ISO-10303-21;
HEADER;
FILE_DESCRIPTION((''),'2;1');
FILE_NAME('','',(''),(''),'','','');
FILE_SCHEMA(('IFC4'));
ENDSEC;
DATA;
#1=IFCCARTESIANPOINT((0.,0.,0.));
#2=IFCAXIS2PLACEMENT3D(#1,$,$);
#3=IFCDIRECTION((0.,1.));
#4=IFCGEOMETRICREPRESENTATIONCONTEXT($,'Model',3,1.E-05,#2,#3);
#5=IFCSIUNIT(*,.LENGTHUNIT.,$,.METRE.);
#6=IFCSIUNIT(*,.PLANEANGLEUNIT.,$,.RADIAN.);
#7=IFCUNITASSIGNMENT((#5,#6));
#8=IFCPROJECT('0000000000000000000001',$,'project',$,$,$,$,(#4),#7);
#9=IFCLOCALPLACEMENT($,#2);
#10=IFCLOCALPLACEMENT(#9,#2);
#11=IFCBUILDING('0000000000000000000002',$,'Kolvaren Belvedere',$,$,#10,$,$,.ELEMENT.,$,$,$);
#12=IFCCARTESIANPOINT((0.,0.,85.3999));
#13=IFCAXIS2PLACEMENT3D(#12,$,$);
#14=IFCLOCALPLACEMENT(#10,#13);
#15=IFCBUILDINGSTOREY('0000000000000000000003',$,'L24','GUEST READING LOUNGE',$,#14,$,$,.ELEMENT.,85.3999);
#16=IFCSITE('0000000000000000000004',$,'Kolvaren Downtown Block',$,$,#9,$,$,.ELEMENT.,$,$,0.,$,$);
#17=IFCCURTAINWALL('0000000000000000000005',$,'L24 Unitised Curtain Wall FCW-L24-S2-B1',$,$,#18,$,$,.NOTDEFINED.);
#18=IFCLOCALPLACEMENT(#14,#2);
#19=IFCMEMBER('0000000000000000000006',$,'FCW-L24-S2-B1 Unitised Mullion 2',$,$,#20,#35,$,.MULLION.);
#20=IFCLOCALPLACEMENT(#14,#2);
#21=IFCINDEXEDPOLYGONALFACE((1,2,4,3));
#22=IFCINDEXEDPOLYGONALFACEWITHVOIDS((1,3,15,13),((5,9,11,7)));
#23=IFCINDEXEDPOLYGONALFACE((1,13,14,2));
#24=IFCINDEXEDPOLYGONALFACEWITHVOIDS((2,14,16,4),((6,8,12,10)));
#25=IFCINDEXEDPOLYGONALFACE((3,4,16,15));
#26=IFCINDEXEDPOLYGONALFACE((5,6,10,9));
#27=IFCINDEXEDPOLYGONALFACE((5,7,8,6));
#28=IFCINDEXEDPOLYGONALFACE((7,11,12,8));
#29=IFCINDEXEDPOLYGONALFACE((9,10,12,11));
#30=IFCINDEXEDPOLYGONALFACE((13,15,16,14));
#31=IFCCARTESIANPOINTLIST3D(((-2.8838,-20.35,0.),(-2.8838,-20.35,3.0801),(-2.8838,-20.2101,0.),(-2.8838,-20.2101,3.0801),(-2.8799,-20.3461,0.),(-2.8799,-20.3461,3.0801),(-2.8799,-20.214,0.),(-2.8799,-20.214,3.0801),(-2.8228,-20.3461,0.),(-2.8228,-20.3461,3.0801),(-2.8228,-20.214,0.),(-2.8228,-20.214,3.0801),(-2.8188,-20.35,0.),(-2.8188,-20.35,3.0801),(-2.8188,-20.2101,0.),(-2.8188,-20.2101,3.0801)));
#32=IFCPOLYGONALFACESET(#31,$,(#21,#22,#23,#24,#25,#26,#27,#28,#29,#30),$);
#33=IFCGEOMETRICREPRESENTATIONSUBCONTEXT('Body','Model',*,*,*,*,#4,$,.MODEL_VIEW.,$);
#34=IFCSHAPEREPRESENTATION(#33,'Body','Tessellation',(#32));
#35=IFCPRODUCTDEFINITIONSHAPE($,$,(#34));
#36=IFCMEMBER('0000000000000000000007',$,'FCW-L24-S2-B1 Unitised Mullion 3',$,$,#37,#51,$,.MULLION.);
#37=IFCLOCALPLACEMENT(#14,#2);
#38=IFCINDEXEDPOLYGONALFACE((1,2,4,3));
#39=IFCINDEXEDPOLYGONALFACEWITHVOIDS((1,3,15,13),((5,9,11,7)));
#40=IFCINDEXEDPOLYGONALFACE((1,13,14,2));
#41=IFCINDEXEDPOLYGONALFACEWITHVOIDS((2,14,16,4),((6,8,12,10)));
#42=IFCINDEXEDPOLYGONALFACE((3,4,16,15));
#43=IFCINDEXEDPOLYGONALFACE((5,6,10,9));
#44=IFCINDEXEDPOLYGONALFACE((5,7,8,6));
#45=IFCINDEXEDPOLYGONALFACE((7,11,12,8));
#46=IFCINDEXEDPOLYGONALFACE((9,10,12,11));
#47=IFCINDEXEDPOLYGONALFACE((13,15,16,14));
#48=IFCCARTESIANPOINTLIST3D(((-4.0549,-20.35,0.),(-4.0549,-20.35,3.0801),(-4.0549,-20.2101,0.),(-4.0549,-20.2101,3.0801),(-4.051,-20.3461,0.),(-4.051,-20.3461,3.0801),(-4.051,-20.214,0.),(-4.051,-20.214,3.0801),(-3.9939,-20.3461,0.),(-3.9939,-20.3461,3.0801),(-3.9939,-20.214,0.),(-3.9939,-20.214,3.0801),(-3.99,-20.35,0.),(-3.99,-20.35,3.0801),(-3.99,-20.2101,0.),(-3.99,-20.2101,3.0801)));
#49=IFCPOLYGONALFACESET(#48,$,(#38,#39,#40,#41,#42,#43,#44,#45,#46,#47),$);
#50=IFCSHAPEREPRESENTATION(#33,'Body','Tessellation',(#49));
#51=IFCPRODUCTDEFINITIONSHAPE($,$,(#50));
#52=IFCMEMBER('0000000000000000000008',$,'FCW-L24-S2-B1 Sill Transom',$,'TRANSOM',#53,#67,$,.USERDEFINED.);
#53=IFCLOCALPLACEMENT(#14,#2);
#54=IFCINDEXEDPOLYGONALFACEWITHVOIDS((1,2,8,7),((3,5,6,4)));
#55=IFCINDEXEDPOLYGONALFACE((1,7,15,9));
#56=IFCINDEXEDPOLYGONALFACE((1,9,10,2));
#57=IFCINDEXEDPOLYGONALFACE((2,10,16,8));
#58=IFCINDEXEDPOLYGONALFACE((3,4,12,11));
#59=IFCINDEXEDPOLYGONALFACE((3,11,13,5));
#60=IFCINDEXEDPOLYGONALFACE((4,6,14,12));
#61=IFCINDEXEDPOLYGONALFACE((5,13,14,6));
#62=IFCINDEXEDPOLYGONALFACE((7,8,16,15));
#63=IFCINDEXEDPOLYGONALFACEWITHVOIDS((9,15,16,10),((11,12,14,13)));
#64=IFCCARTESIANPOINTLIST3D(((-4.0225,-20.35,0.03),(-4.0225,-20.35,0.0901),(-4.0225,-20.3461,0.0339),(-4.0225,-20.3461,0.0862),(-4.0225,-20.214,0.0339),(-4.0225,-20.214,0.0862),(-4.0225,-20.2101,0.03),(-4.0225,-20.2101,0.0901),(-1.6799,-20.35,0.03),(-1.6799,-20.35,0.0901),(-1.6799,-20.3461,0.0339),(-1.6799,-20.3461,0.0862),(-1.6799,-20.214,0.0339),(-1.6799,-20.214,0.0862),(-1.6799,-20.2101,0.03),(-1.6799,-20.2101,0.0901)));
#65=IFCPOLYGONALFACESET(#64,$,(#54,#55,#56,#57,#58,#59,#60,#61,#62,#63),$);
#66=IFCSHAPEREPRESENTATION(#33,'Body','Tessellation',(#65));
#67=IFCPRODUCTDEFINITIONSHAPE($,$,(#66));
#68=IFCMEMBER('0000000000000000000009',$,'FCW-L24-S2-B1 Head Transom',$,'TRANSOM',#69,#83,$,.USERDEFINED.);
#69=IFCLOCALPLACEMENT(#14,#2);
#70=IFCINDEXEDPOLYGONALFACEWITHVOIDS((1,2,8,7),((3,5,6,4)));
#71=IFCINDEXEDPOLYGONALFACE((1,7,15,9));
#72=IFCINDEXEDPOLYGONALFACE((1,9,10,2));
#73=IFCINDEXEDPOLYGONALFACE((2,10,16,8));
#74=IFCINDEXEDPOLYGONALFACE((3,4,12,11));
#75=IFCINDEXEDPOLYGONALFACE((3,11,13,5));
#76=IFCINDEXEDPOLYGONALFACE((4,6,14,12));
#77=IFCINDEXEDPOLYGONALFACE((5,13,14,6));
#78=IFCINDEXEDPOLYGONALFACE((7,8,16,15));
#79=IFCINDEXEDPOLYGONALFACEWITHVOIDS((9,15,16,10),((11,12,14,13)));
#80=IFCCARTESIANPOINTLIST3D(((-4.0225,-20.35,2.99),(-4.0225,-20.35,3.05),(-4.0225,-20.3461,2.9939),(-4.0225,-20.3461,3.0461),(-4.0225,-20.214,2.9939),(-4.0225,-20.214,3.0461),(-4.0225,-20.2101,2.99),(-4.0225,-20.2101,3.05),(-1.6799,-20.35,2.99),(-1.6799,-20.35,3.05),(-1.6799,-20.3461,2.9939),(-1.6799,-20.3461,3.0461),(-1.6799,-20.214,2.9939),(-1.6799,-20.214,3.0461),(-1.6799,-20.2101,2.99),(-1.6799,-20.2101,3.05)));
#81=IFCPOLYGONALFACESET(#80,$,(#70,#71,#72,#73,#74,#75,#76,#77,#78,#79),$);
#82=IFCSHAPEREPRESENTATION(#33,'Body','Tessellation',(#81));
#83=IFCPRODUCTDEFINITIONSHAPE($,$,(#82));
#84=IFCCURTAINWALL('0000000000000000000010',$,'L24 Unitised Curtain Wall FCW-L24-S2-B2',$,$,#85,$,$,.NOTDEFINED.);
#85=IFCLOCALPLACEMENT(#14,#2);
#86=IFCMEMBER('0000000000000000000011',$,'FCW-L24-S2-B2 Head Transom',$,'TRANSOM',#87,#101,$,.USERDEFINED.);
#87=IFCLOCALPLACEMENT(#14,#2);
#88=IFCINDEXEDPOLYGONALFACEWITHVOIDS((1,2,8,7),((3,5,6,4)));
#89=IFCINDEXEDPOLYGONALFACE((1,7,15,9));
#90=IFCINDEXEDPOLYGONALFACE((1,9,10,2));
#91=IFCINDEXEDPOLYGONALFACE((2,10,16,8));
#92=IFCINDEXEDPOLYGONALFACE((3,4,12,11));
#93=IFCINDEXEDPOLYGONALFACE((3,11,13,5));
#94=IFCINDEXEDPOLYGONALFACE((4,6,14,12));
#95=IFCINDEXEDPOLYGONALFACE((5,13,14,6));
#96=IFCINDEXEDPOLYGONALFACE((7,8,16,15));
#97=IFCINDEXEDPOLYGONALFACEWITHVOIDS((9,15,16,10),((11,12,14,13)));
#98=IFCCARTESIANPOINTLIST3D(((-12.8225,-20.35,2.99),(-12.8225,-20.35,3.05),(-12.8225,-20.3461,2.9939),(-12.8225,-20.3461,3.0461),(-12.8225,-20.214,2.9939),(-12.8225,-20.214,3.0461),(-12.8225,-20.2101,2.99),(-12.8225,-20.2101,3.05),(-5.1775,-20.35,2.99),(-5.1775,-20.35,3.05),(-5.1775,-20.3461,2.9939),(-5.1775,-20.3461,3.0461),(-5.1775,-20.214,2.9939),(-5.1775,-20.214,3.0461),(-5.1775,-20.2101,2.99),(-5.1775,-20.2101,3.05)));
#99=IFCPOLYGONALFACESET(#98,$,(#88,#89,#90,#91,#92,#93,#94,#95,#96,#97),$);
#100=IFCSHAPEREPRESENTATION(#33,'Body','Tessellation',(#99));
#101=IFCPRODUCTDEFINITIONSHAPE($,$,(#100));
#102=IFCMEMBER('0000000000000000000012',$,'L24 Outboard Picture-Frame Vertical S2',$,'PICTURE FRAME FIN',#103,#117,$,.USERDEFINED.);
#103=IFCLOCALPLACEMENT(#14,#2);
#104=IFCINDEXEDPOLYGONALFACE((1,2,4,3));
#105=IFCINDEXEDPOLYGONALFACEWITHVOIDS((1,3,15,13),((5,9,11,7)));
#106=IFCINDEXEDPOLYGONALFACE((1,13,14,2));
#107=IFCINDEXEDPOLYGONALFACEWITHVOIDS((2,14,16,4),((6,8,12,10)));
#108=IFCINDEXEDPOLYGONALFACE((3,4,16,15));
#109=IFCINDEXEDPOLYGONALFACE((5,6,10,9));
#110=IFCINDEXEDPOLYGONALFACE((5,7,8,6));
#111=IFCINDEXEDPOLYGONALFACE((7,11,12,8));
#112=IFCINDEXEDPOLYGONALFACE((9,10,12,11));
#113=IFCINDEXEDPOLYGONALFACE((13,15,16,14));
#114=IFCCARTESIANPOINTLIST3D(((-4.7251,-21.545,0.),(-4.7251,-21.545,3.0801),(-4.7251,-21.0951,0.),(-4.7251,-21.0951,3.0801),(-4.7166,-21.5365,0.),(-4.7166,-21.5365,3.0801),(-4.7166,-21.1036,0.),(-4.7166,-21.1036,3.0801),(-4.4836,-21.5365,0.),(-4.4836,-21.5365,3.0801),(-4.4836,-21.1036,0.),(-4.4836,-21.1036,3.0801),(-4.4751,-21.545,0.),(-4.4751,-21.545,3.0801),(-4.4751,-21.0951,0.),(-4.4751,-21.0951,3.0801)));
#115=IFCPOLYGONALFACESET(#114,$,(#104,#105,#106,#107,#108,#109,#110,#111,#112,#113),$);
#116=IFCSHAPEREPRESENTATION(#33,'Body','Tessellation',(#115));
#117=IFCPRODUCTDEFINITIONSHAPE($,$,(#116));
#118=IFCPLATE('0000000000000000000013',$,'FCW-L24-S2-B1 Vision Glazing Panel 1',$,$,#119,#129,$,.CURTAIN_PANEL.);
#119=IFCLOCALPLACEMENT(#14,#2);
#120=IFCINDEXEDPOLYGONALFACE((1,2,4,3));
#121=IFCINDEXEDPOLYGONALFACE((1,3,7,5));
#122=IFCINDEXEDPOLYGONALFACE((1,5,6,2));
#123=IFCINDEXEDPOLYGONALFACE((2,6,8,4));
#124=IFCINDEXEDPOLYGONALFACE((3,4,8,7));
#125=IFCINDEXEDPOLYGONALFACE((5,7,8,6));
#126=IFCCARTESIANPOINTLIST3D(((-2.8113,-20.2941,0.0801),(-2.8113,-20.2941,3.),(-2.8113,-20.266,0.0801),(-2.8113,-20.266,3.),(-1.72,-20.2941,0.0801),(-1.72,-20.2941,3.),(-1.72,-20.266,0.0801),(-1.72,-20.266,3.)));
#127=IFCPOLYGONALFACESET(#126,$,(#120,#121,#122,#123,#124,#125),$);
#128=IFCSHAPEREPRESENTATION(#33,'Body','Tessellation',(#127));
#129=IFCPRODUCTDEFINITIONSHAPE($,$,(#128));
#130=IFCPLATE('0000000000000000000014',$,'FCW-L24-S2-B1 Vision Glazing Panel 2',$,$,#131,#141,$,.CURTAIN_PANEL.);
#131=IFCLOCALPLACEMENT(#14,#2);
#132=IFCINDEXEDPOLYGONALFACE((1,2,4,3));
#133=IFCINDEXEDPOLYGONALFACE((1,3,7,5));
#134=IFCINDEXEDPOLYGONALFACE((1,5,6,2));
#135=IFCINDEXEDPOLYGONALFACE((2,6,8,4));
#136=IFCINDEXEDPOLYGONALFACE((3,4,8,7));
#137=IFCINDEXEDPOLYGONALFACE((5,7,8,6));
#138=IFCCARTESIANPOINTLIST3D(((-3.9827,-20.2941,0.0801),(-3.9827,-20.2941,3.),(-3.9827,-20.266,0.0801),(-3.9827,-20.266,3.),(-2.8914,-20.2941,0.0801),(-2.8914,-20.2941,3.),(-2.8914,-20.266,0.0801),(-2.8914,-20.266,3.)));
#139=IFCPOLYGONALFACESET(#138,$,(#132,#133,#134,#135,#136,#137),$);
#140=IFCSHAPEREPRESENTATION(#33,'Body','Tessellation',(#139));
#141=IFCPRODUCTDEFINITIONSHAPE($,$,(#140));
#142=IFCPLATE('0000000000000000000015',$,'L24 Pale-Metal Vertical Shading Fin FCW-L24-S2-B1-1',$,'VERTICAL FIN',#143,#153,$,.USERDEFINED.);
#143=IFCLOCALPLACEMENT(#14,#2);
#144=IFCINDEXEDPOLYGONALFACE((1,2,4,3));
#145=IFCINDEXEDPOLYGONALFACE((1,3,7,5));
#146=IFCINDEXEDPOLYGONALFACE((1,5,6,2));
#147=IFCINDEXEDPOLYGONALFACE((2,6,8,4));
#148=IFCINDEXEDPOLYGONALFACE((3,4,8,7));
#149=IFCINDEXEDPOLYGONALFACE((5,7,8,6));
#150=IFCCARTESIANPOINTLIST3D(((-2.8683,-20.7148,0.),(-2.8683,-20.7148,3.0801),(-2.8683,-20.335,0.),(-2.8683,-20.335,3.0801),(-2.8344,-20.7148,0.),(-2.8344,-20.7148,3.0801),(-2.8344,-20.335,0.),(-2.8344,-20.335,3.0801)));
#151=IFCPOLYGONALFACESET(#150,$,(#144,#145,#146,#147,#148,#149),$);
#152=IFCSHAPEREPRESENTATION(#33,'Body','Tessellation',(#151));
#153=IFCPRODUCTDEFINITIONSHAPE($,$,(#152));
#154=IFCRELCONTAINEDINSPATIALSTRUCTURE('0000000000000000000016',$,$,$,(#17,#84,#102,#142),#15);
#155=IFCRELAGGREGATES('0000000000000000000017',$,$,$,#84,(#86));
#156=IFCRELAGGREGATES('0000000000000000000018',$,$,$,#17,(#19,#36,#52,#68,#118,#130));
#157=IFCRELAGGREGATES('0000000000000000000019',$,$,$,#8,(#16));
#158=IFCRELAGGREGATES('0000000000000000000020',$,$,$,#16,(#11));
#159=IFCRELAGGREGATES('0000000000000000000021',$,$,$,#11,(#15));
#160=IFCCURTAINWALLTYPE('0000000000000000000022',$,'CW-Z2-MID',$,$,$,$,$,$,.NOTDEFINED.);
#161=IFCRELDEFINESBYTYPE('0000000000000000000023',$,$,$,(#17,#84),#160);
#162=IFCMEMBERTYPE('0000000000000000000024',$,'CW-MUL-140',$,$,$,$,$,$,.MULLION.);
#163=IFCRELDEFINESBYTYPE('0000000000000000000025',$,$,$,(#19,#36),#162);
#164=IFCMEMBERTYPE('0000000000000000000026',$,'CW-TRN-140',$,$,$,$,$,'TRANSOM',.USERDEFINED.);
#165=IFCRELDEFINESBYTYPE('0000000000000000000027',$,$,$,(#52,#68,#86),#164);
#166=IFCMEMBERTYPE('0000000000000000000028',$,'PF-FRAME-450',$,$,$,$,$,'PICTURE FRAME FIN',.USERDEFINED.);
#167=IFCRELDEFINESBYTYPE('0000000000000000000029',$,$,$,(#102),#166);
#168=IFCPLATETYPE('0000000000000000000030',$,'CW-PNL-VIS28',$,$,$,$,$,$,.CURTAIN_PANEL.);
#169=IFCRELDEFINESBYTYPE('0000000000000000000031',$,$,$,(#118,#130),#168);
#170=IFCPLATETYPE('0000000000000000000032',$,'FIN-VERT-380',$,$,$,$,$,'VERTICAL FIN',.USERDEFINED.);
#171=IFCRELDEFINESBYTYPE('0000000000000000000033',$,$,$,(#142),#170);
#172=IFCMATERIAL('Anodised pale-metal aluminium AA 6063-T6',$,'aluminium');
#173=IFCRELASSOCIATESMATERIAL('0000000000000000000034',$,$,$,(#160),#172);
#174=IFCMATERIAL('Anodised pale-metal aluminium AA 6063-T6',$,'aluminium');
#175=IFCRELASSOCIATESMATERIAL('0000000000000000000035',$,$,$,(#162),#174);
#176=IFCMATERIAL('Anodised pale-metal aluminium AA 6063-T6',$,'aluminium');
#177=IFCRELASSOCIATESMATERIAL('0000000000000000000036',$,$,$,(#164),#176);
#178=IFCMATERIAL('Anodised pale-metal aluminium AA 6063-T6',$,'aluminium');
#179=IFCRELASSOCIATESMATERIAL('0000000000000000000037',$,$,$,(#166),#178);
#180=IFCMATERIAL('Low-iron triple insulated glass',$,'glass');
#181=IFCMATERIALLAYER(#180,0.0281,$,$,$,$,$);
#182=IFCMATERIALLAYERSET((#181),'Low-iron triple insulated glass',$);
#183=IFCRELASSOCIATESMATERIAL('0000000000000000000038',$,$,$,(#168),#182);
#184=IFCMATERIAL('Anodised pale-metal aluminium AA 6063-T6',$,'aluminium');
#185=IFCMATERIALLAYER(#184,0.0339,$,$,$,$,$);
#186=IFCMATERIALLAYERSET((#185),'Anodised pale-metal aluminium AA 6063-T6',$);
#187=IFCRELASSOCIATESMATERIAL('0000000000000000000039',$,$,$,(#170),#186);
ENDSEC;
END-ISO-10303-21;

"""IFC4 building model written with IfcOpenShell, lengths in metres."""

from ifc_helpers import new_model, si_unit, direction, frame, origin, origin_2d, place, context, subcontext, project, spatial, rectangle, hollow_rectangle, extrude, material, layer, layer_set, material_profile, profile_set, type_object, element, aggregate, save


model = new_model("IFC4")

# Units and contexts
model_context = context("Model", 3, precision=1e-05, world=origin(), true_north=direction((0.0, 1.0)))
body_context = subcontext(model_context, "Body", "Model", "MODEL_VIEW")
ifc_project = project(units=[si_unit("LENGTHUNIT", "METRE"), si_unit("PLANEANGLEUNIT", "RADIAN")], contexts=[model_context])

# Site, building, storey
site_placement = place(None, origin())
site = spatial("IfcSite", under=ifc_project, at=site_placement, Name="Kolvaren Downtown Block", CompositionType="ELEMENT", RefElevation=0.0)
building_placement = place(site_placement, origin())
building = spatial("IfcBuilding", under=site, at=building_placement, Name="Kolvaren Belvedere", CompositionType="ELEMENT")
storey_placement = place(building_placement, frame((0.0, 0.0, 85.3999)))
storey = spatial("IfcBuildingStorey", under=building, at=storey_placement, Name="L24", Description="GUEST READING LOUNGE", CompositionType="ELEMENT", Elevation=85.3999)

# Curtain wall, members
ifc_material_1 = material(Name="Anodised pale-metal aluminium AA 6063-T6", Category="aluminium")
curtain_wall_type = type_object("IfcCurtainWallType", Name="CW-Z2-MID", PredefinedType="NOTDEFINED", material=ifc_material_1)
curtain_wall_1_placement = place(storey_placement, origin())
curtain_wall_1 = element("IfcCurtainWall", 1, at=curtain_wall_1_placement, inside=storey, type_object=curtain_wall_type, Name="L24 Unitised Curtain Wall FCW-L24-S2-B1", PredefinedType="NOTDEFINED")
ifc_material_2 = material(Name="Anodised pale-metal aluminium AA 6063-T6", Category="aluminium")
ifc_material_profile_1 = material_profile(ifc_material_2, hollow_rectangle(XDim=0.0649, YDim=0.1399, WallThickness=0.0039, at=origin_2d()), Name="ALU-MUL-140X65")
ifc_profile_set_1 = profile_set([ifc_material_profile_1], Name="Anodised pale-metal aluminium AA 6063-T6")
member_type_1 = type_object("IfcMemberType", Name="CW-MUL-140", PredefinedType="MULLION", material=ifc_profile_set_1)
member_1_placement = place(storey_placement, frame((-2.8513, -20.28, 0.0), z_axis=(0.0, 0.0, 1.0), x_axis=(1.0, 0.0, 0.0)))
member_1 = element("IfcMember", 2, at=member_1_placement, type_object=member_type_1, Name="FCW-L24-S2-B1 Unitised Mullion 2", PredefinedType="MULLION", context=body_context, shape_type="SweptSolid", body=[
    extrude(hollow_rectangle(XDim=0.0649, YDim=0.1399, WallThickness=0.0039, at=origin_2d()), origin(), (0.0, 0.0, 1.0), 3.0801),
])
member_2_placement = place(storey_placement, frame((-4.0225, -20.28, 0.0), z_axis=(0.0, 0.0, 1.0), x_axis=(1.0, 0.0, 0.0)))
member_2 = element("IfcMember", 3, at=member_2_placement, type_object=member_type_1, Name="FCW-L24-S2-B1 Unitised Mullion 3", PredefinedType="MULLION", context=body_context, shape_type="SweptSolid", body=[
    extrude(hollow_rectangle(XDim=0.0649, YDim=0.1399, WallThickness=0.0039, at=origin_2d()), origin(), (0.0, 0.0, 1.0), 3.0801),
])
ifc_material_3 = material(Name="Anodised pale-metal aluminium AA 6063-T6", Category="aluminium")
ifc_material_profile_2 = material_profile(ifc_material_3, hollow_rectangle(XDim=0.0601, YDim=0.1399, WallThickness=0.0039, at=origin_2d()), Name="ALU-TRN-140X60")
ifc_profile_set_2 = profile_set([ifc_material_profile_2], Name="Anodised pale-metal aluminium AA 6063-T6")
member_type_2 = type_object("IfcMemberType", Name="CW-TRN-140", ElementType="TRANSOM", PredefinedType="USERDEFINED", material=ifc_profile_set_2)
member_3_placement = place(storey_placement, frame((-1.6799, -20.28, 0.0601), z_axis=(-1.0, 0.0, 0.0), x_axis=(0.0, 0.0, 1.0)))
member_3 = element("IfcMember", 4, at=member_3_placement, type_object=member_type_2, Name="FCW-L24-S2-B1 Sill Transom", ObjectType="TRANSOM", PredefinedType="USERDEFINED", context=body_context, shape_type="SweptSolid", body=[
    extrude(hollow_rectangle(XDim=0.0601, YDim=0.1399, WallThickness=0.0039, at=origin_2d()), origin(), (0.0, 0.0, 1.0), 2.3425),
])
member_4_placement = place(storey_placement, frame((-1.6799, -20.28, 3.02), z_axis=(-1.0, 0.0, 0.0), x_axis=(0.0, 0.0, 1.0)))
member_4 = element("IfcMember", 5, at=member_4_placement, type_object=member_type_2, Name="FCW-L24-S2-B1 Head Transom", ObjectType="TRANSOM", PredefinedType="USERDEFINED", context=body_context, shape_type="SweptSolid", body=[
    extrude(hollow_rectangle(XDim=0.0601, YDim=0.1399, WallThickness=0.0039, at=origin_2d()), origin(), (0.0, 0.0, 1.0), 2.3425),
])

# Curtain wall, member
curtain_wall_2_placement = place(storey_placement, origin())
curtain_wall_2 = element("IfcCurtainWall", 6, at=curtain_wall_2_placement, inside=storey, type_object=curtain_wall_type, Name="L24 Unitised Curtain Wall FCW-L24-S2-B2", PredefinedType="NOTDEFINED")
member_5_placement = place(storey_placement, frame((-5.1775, -20.28, 3.02), z_axis=(-1.0, 0.0, 0.0), x_axis=(0.0, 0.0, 1.0)))
member_5 = element("IfcMember", 7, at=member_5_placement, type_object=member_type_2, Name="FCW-L24-S2-B2 Head Transom", ObjectType="TRANSOM", PredefinedType="USERDEFINED", context=body_context, shape_type="SweptSolid", body=[
    extrude(hollow_rectangle(XDim=0.0601, YDim=0.1399, WallThickness=0.0039, at=origin_2d()), origin(), (0.0, 0.0, 1.0), 7.645),
])
aggregate(curtain_wall_2, [member_5])

# Member
ifc_material_4 = material(Name="Anodised pale-metal aluminium AA 6063-T6", Category="aluminium")
ifc_material_profile_3 = material_profile(ifc_material_4, hollow_rectangle(XDim=0.25, YDim=0.45, WallThickness=0.0085, at=origin_2d()), Name="ALU-PF-450X250")
ifc_profile_set_3 = profile_set([ifc_material_profile_3], Name="Anodised pale-metal aluminium AA 6063-T6")
member_type_3 = type_object("IfcMemberType", Name="PF-FRAME-450", ElementType="PICTURE FRAME FIN", PredefinedType="USERDEFINED", material=ifc_profile_set_3)
member_6_placement = place(storey_placement, frame((-4.6001, -21.3201, 0.0), z_axis=(0.0, 0.0, 1.0), x_axis=(1.0, 0.0, 0.0)))
element("IfcMember", 8, at=member_6_placement, inside=storey, type_object=member_type_3, Name="L24 Outboard Picture-Frame Vertical S2", ObjectType="PICTURE FRAME FIN", PredefinedType="USERDEFINED", context=body_context, shape_type="SweptSolid", body=[
    extrude(hollow_rectangle(XDim=0.25, YDim=0.45, WallThickness=0.0085, at=origin_2d()), origin(), (0.0, 0.0, 1.0), 3.0801),
])

# Plates
ifc_material_5 = material(Name="Low-iron triple insulated glass", Category="glass")
ifc_layer_1 = layer(ifc_material_5, 0.0281)
ifc_layer_set_1 = layer_set([ifc_layer_1], Name="Low-iron triple insulated glass")
plate_type_1 = type_object("IfcPlateType", Name="CW-PNL-VIS28", PredefinedType="CURTAIN_PANEL", material=ifc_layer_set_1)
plate_1_placement = place(storey_placement, frame((-2.2656, -20.28, 0.0801), z_axis=(0.0, 0.0, 1.0), x_axis=(-1.0, 0.0, 0.0)))
plate_1 = element("IfcPlate", 9, at=plate_1_placement, type_object=plate_type_1, Name="FCW-L24-S2-B1 Vision Glazing Panel 1", PredefinedType="CURTAIN_PANEL", context=body_context, shape_type="SweptSolid", body=[
    extrude(rectangle(XDim=1.0913, YDim=0.0281, at=origin_2d()), origin(), (0.0, 0.0, 1.0), 2.9199),
])
plate_2_placement = place(storey_placement, frame((-3.437, -20.28, 0.0801), z_axis=(0.0, 0.0, 1.0), x_axis=(-1.0, 0.0, 0.0)))
plate_2 = element("IfcPlate", 10, at=plate_2_placement, type_object=plate_type_1, Name="FCW-L24-S2-B1 Vision Glazing Panel 2", PredefinedType="CURTAIN_PANEL", context=body_context, shape_type="SweptSolid", body=[
    extrude(rectangle(XDim=1.0913, YDim=0.0281, at=origin_2d()), origin(), (0.0, 0.0, 1.0), 2.9199),
])
aggregate(curtain_wall_1, [member_1, member_2, member_3, member_4, plate_1, plate_2])
ifc_material_6 = material(Name="Anodised pale-metal aluminium AA 6063-T6", Category="aluminium")
ifc_layer_2 = layer(ifc_material_6, 0.0339)
ifc_layer_set_2 = layer_set([ifc_layer_2], Name="Anodised pale-metal aluminium AA 6063-T6")
plate_type_2 = type_object("IfcPlateType", Name="FIN-VERT-380", ElementType="VERTICAL FIN", PredefinedType="USERDEFINED", material=ifc_layer_set_2)
plate_3_placement = place(storey_placement, frame((-2.8513, -20.5249, 0.0), z_axis=(0.0, 0.0, 1.0), x_axis=(0.0, 1.0, 0.0)))
element("IfcPlate", 11, at=plate_3_placement, inside=storey, type_object=plate_type_2, Name="L24 Pale-Metal Vertical Shading Fin FCW-L24-S2-B1-1", ObjectType="VERTICAL FIN", PredefinedType="USERDEFINED", context=body_context, shape_type="SweptSolid", body=[
    extrude(rectangle(XDim=0.3799, YDim=0.0339, at=origin_2d()), origin(), (0.0, 0.0, 1.0), 3.0801),
])

save(model, "model.ifc")
